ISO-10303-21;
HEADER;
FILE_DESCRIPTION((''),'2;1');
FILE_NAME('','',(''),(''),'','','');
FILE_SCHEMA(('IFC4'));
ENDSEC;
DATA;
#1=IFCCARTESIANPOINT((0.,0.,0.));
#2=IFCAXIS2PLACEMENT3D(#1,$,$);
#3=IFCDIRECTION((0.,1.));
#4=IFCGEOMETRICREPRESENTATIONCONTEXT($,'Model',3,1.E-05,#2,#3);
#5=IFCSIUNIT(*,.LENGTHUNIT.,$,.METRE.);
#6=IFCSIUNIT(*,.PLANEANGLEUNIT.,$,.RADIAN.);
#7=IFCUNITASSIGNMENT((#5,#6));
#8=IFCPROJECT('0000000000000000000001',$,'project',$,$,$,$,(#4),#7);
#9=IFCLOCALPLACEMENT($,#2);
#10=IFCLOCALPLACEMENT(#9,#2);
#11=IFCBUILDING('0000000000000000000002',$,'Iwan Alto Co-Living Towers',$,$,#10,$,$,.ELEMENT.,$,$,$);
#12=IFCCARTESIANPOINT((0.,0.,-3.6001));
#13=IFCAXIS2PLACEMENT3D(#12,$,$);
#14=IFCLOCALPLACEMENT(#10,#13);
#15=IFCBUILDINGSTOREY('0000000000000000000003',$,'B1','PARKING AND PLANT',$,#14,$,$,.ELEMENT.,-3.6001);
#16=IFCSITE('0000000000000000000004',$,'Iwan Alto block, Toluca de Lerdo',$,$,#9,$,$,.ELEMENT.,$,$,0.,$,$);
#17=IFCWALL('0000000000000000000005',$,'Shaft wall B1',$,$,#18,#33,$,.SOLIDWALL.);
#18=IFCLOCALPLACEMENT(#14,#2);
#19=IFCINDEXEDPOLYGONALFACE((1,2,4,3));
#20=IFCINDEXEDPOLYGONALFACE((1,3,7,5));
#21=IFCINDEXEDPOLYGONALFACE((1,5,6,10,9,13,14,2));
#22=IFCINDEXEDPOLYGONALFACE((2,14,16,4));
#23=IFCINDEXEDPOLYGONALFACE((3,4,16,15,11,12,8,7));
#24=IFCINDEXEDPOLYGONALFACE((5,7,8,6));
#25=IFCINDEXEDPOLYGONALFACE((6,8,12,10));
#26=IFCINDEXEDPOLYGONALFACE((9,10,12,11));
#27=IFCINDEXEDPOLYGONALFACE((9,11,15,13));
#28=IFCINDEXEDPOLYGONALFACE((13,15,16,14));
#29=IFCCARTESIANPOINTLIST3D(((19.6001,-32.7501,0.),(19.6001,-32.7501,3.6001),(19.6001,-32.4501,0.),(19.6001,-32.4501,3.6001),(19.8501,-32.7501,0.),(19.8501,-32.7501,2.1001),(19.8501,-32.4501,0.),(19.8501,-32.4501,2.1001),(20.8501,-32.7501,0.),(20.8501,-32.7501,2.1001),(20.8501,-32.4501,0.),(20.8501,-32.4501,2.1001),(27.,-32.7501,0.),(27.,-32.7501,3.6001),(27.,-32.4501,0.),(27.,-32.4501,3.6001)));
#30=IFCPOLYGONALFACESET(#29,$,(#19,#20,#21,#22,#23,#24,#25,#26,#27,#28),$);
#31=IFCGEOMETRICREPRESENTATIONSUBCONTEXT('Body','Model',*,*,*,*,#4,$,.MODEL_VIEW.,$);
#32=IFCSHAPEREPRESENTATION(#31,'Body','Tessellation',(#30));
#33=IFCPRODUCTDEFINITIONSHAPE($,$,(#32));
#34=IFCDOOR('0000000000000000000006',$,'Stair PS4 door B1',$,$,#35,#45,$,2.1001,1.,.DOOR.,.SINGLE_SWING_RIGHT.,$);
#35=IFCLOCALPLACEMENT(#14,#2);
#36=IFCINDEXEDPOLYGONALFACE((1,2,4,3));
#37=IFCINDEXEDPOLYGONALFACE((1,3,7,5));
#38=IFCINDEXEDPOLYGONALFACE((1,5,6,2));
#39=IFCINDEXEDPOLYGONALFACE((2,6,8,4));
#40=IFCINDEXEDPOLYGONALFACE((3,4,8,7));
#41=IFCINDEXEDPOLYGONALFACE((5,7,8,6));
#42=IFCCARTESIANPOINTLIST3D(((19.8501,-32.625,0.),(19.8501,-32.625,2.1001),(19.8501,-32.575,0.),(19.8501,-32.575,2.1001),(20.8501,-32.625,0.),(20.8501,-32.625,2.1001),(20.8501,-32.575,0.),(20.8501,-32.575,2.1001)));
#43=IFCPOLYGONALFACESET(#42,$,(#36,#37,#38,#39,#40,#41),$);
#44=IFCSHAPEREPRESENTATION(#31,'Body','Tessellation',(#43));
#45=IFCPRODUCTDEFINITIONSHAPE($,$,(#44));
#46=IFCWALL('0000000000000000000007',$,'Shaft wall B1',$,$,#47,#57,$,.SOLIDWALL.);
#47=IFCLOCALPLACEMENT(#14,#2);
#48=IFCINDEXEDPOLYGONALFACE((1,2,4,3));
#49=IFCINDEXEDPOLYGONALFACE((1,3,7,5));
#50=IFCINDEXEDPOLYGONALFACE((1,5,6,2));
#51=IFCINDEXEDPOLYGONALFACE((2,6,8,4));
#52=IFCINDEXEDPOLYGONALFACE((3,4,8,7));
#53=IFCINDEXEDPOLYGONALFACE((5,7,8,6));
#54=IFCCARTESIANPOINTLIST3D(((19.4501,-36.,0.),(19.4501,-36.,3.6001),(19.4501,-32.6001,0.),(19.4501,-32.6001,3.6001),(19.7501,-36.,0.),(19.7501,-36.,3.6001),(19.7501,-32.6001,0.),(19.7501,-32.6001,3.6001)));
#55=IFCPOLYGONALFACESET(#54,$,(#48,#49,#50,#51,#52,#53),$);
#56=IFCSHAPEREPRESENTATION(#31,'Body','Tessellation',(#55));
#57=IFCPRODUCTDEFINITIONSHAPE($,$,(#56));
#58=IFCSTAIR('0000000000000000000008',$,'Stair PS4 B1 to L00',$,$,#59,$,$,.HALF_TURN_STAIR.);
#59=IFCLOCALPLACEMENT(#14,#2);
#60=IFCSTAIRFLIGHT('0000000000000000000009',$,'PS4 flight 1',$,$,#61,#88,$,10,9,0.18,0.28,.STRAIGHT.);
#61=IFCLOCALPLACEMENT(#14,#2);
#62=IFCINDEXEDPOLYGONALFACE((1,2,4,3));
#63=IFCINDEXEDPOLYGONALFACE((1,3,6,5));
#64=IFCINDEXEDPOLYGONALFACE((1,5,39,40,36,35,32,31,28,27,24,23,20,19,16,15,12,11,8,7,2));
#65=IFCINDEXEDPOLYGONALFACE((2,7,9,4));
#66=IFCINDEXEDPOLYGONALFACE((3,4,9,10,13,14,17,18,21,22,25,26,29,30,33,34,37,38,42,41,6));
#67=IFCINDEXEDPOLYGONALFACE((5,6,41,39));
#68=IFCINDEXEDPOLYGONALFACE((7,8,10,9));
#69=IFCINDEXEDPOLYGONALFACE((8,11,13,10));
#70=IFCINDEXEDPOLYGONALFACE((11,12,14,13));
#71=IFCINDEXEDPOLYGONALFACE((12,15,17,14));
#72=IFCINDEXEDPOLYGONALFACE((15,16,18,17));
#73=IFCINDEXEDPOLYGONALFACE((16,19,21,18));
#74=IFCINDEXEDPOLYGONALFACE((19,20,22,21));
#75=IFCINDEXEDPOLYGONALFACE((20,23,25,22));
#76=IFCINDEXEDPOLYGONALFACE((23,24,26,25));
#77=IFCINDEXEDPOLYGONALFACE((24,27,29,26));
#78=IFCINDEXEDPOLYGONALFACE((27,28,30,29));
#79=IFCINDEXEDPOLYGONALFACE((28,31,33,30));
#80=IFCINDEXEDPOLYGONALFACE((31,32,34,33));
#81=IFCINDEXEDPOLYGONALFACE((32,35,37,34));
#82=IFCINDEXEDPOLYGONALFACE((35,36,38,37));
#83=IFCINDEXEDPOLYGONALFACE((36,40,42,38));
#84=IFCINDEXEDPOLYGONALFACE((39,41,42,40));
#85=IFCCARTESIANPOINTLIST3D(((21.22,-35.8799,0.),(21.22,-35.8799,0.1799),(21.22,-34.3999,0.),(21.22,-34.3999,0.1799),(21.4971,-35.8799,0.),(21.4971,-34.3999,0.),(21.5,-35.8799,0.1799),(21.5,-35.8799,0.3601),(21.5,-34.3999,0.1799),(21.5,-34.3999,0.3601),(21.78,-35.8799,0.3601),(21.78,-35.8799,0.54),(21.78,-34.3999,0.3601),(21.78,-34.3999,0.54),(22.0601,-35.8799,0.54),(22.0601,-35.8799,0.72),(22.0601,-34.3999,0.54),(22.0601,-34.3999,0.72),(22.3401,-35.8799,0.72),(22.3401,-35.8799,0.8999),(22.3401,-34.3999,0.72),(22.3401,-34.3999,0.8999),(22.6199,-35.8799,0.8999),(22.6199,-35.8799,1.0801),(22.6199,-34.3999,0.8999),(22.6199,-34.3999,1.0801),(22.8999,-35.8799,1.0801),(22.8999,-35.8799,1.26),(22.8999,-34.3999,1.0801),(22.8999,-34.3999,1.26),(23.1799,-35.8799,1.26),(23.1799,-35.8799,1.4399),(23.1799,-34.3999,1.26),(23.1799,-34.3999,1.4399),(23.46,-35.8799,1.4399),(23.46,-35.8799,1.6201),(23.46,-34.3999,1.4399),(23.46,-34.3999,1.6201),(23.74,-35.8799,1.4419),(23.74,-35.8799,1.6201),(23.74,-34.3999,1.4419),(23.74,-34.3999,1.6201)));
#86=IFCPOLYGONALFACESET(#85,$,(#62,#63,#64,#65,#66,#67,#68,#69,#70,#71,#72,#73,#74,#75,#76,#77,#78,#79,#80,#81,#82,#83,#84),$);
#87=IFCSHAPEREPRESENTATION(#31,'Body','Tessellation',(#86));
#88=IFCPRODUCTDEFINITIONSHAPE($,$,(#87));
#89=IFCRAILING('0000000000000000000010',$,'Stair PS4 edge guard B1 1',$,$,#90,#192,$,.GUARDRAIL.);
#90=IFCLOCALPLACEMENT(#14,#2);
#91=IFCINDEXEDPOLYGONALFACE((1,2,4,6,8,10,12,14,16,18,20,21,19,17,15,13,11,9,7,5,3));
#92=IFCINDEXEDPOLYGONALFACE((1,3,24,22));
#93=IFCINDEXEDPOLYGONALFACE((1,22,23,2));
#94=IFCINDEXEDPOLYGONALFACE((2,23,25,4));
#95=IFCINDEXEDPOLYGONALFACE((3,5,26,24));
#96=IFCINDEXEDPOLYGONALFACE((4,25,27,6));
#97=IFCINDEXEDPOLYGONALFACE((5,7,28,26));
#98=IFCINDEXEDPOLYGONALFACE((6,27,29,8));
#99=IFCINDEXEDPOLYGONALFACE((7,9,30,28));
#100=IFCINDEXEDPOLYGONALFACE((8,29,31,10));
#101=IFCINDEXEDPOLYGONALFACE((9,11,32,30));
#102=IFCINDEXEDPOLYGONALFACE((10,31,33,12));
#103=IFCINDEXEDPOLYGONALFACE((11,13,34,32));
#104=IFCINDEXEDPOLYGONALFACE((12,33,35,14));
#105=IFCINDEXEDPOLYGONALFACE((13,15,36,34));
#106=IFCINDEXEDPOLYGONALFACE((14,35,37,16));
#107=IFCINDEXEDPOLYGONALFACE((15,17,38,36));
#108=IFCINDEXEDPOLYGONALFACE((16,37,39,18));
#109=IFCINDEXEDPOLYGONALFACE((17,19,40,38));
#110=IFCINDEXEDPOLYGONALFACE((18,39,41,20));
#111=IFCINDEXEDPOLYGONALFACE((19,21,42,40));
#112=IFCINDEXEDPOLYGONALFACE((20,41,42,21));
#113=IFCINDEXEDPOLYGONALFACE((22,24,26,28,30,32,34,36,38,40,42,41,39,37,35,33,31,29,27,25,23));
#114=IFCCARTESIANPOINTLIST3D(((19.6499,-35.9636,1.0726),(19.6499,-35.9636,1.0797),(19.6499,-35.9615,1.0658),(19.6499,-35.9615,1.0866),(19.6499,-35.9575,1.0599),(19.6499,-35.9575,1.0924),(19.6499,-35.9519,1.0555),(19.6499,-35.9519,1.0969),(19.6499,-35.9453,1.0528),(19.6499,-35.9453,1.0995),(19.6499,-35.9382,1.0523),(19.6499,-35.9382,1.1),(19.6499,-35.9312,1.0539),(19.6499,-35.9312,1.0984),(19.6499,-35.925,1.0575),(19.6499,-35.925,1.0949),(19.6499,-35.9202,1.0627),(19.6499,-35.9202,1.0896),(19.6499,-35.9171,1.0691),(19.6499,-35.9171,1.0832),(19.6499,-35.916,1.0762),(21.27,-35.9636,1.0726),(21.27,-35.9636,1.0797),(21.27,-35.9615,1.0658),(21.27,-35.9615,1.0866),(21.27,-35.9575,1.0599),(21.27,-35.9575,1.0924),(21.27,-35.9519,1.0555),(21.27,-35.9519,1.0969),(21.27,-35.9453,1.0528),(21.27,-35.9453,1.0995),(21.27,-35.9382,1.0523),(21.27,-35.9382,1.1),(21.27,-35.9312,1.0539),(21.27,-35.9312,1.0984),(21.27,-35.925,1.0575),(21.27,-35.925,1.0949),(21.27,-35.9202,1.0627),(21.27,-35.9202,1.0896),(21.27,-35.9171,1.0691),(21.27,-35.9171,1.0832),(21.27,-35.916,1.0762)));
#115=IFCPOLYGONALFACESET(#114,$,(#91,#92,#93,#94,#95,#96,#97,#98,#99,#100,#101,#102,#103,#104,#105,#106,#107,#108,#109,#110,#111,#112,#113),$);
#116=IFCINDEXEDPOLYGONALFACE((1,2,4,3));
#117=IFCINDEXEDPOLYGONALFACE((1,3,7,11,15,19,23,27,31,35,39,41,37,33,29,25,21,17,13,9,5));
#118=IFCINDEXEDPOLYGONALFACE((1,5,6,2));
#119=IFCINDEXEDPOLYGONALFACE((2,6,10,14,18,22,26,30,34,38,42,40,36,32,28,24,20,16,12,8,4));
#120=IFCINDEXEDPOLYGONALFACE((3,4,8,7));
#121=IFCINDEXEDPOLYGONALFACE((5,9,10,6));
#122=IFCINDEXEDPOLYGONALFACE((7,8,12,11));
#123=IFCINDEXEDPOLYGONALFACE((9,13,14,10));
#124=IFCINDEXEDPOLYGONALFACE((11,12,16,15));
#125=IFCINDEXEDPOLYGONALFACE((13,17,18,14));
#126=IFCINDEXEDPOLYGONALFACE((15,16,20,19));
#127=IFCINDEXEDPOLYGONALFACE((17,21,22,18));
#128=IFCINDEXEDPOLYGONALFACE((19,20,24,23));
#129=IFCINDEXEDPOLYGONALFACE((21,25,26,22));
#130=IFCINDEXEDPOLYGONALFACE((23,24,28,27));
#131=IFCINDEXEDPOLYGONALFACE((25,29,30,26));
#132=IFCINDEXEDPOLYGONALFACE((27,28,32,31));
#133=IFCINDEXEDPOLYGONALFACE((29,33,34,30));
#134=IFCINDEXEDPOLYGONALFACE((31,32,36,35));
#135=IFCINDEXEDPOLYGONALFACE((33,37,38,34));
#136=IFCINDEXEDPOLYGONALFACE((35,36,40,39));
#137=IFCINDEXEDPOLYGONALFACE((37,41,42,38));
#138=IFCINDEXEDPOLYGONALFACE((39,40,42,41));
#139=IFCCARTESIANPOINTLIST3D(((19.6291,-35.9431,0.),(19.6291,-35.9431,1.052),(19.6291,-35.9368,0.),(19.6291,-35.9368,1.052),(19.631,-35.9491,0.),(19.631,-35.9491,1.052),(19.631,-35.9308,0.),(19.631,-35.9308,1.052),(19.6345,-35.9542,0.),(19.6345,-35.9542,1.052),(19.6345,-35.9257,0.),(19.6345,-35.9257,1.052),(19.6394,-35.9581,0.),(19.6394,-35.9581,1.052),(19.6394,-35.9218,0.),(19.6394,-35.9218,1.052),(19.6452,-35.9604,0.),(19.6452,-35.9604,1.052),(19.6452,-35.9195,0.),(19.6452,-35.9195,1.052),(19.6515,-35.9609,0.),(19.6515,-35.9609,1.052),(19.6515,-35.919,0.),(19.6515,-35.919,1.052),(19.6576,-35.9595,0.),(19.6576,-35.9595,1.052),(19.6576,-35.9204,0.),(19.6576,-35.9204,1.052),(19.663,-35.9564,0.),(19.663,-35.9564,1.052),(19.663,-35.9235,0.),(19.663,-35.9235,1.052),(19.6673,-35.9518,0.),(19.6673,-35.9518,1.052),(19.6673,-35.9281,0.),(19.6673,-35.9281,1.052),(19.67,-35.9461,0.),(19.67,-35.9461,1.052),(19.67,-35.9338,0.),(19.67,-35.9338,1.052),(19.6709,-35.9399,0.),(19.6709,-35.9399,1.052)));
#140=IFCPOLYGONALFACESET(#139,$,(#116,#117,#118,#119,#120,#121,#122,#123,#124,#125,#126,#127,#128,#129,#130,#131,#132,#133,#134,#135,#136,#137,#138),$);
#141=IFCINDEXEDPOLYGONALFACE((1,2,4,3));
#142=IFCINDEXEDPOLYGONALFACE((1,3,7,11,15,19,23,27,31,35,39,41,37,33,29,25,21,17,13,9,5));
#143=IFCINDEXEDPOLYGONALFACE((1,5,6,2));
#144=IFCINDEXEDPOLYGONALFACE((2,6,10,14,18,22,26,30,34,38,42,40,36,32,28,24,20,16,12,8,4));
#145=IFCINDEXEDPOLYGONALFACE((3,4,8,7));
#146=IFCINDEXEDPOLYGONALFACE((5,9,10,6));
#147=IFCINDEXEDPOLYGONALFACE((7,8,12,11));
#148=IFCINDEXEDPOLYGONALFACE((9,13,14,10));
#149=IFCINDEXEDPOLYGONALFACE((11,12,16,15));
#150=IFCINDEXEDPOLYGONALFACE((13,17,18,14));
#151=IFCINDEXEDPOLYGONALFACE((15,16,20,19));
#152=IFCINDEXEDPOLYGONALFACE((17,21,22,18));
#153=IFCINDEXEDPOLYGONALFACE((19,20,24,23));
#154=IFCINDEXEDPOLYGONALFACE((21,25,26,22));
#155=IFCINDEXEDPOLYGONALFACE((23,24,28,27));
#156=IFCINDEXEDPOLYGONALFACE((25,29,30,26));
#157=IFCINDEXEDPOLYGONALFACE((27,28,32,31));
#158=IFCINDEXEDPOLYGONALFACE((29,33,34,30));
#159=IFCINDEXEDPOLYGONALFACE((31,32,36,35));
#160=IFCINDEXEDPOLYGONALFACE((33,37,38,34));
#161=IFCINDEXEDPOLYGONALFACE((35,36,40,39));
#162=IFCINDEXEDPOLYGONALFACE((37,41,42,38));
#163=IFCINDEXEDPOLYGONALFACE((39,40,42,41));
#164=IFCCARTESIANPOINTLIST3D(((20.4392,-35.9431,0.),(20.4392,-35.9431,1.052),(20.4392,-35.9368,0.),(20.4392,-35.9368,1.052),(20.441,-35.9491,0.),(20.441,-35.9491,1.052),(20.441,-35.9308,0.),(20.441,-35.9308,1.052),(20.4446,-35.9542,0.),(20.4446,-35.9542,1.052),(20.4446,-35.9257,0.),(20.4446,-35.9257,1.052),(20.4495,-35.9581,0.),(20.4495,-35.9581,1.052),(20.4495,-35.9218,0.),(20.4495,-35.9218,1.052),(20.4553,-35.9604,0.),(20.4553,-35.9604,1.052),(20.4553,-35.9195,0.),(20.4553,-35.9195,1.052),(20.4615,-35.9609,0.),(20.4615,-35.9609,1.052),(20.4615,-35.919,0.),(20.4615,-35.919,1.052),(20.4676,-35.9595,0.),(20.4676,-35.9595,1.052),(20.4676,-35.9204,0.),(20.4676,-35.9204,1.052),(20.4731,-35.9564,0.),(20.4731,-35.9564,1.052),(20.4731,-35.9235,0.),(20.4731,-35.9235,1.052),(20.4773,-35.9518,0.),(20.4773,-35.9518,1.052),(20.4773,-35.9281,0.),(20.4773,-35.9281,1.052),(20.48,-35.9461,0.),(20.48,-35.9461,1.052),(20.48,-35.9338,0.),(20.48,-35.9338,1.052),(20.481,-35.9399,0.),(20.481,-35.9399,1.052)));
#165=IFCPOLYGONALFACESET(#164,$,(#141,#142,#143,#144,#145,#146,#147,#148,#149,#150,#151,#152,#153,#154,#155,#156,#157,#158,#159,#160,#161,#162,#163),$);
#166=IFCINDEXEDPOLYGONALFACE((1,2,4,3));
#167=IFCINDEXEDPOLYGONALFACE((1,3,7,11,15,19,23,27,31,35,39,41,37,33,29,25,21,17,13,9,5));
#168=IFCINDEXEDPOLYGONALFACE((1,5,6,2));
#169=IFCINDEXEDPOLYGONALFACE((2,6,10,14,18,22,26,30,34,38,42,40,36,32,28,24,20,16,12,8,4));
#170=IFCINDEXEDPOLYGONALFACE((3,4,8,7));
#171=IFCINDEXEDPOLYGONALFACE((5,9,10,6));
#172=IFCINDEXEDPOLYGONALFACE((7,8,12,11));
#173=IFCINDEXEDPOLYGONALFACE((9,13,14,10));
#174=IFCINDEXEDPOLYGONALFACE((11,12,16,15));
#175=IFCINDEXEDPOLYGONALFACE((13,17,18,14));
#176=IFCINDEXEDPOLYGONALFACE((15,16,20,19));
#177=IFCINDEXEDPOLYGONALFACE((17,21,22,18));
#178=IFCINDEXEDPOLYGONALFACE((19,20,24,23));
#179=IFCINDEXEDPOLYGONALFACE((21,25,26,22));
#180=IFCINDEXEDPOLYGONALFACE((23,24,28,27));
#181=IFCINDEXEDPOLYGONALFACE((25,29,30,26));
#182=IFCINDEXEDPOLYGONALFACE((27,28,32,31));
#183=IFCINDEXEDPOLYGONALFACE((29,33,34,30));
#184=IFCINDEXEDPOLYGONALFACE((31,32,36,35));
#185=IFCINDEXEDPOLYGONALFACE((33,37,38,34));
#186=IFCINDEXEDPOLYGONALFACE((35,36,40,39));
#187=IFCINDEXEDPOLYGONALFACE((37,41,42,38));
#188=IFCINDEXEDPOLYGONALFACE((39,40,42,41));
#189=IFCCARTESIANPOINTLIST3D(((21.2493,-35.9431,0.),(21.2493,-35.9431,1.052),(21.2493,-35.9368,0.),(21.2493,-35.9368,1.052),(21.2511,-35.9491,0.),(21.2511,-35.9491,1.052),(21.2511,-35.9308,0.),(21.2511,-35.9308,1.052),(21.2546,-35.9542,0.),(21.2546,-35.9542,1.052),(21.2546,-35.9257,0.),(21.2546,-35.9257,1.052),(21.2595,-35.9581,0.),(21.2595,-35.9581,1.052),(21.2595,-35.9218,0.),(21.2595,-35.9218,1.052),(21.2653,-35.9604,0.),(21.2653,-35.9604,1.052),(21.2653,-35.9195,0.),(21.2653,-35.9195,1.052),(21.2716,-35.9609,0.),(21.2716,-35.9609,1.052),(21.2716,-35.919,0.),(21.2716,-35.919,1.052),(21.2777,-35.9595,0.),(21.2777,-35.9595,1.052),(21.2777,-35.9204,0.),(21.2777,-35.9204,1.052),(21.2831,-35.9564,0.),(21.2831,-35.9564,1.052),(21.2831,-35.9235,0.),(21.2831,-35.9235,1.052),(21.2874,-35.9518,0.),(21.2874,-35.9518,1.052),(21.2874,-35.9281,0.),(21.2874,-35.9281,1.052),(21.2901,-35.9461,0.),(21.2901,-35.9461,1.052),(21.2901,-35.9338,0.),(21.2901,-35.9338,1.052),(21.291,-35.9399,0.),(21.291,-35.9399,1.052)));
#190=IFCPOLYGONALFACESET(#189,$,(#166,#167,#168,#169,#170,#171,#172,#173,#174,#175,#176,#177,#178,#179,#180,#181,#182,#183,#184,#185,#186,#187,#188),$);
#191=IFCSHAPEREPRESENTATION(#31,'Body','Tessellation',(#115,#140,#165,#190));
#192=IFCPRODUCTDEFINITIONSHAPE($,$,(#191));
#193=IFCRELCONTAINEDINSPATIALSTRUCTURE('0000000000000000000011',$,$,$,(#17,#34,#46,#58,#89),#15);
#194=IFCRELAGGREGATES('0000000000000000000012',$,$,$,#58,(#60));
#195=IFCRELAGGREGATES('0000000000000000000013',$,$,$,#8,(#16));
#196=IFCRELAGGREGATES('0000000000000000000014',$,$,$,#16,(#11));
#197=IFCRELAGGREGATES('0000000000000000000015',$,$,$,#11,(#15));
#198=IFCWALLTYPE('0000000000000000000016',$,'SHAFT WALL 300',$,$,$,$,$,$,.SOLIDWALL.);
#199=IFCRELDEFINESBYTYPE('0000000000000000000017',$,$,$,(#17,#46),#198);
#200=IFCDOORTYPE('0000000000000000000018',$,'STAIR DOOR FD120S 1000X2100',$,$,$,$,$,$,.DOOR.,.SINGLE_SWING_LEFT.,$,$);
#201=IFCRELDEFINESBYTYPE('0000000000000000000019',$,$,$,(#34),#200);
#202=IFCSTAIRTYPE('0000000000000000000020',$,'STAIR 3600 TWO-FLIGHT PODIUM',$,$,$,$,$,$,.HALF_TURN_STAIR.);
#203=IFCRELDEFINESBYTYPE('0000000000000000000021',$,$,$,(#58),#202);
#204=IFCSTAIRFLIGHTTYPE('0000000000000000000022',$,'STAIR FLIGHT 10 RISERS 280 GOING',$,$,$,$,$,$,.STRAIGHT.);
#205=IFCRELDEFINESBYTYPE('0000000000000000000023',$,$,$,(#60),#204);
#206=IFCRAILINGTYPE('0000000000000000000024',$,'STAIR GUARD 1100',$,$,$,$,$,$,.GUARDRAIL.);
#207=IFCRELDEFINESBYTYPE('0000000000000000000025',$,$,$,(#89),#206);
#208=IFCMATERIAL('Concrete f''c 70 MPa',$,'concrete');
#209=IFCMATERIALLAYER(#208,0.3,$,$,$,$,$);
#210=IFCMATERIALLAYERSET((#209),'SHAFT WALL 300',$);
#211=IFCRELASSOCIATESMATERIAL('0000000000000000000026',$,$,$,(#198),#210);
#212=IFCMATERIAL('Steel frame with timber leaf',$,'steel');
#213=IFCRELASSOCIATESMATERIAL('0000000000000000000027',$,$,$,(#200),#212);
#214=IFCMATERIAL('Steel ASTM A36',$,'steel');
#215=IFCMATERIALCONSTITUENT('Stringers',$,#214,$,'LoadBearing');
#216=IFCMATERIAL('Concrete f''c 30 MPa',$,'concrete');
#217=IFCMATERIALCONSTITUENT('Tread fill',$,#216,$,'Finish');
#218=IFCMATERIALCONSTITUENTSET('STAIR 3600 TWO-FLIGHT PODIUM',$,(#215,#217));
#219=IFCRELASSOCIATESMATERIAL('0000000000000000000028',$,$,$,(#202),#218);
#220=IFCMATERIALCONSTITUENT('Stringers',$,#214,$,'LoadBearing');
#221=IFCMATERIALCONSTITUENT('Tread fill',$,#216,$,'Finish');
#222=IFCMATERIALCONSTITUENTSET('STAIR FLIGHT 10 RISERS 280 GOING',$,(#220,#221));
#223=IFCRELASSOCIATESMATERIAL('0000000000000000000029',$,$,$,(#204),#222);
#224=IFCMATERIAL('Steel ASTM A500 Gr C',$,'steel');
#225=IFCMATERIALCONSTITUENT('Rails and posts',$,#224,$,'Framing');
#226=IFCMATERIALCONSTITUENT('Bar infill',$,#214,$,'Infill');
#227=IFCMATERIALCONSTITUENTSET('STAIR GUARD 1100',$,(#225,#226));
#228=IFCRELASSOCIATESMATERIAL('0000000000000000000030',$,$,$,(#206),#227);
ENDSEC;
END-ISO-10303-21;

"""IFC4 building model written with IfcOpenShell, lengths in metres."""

from ifc_helpers import new_model, si_unit, direction, frame, frame_2d, origin, origin_2d, place, context, subcontext, project, spatial, polyline, rectangle, circle, outline, extrude, material, layer, layer_set, constituent, constituent_set, type_object, element, fill, aggregate, save


model = new_model("IFC4")

# Units and contexts
model_context = context("Model", 3, precision=1e-05, world=origin(), true_north=direction((0.0, 1.0)))
body_context = subcontext(model_context, "Body", "Model", "MODEL_VIEW")
ifc_project = project(units=[si_unit("LENGTHUNIT", "METRE"), si_unit("PLANEANGLEUNIT", "RADIAN")], contexts=[model_context])

# Site, building, storey
site_placement = place(None, origin())
site = spatial("IfcSite", under=ifc_project, at=site_placement, Name="Iwan Alto block, Toluca de Lerdo", CompositionType="ELEMENT", RefElevation=0.0)
building_placement = place(site_placement, origin())
building = spatial("IfcBuilding", under=site, at=building_placement, Name="Iwan Alto Co-Living Towers", CompositionType="ELEMENT")
storey_placement = place(building_placement, frame((0.0, 0.0, -3.6001)))
storey = spatial("IfcBuildingStorey", under=building, at=storey_placement, Name="B1", Description="PARKING AND PLANT", CompositionType="ELEMENT", Elevation=-3.6001)

# Wall, opening, door
ifc_material_1 = material(Name="Concrete f'c 70 MPa", Category="concrete")
ifc_layer = layer(ifc_material_1, 0.3)
ifc_layer_set = layer_set([ifc_layer], Name="SHAFT WALL 300")
wall_type = type_object("IfcWallType", Name="SHAFT WALL 300", PredefinedType="SOLIDWALL", material=ifc_layer_set)
wall_1_placement = place(storey_placement, frame((19.6001, -32.6001, 0.0), z_axis=(0.0, 0.0, 1.0), x_axis=(1.0, 0.0, 0.0)))
wall_1 = element("IfcWall", 1, at=wall_1_placement, inside=storey, type_object=wall_type, Name="Shaft wall B1", PredefinedType="SOLIDWALL", context=body_context, shape_type="SweptSolid", body=[
    extrude(rectangle(XDim=7.3999, YDim=0.3, at=frame_2d((3.7, 0.0))), origin(), (0.0, 0.0, 1.0), 3.6001),
])
opening_placement = place(wall_1_placement, frame((0.25, 0.0, 0.0)))
opening = element("IfcOpeningElement", 2, at=opening_placement, cuts=wall_1, PredefinedType="OPENING", context=body_context, shape_type="SweptSolid", body=[
    extrude(rectangle(XDim=1.0, YDim=2.1001, at=frame_2d((0.5, 1.05))), frame((0.0, 0.1599, 0.0), z_axis=(0.0, -1.0, 0.0), x_axis=(1.0, 0.0, 0.0)), (0.0, 0.0, 1.0), 0.3201),
])
ifc_material_2 = material(Name="Steel frame with timber leaf", Category="steel")
door_type = type_object("IfcDoorType", Name="STAIR DOOR FD120S 1000X2100", OperationType="SINGLE_SWING_LEFT", PredefinedType="DOOR", material=ifc_material_2)
door_placement = place(opening_placement, frame((1.0, 0.0, 0.0), z_axis=(0.0, 0.0, 1.0), x_axis=(-1.0, 0.0, 0.0)))
door = element("IfcDoor", 3, at=door_placement, inside=storey, type_object=door_type, Name="Stair PS4 door B1", OperationType="SINGLE_SWING_RIGHT", OverallHeight=2.1001, OverallWidth=1.0, PredefinedType="DOOR", context=body_context, shape_type="SweptSolid", body=[
    extrude(rectangle(XDim=1.0, YDim=2.1001, at=frame_2d((0.5, 1.05))), frame((0.0, 0.0249, 0.0), z_axis=(0.0, -1.0, 0.0), x_axis=(1.0, 0.0, 0.0)), (0.0, 0.0, 1.0), 0.05),
])
fill(opening, door)

# Wall
wall_2_placement = place(storey_placement, frame((19.6001, -36.0, 0.0), z_axis=(0.0, 0.0, 1.0), x_axis=(0.0, 1.0, 0.0)))
element("IfcWall", 4, at=wall_2_placement, inside=storey, type_object=wall_type, Name="Shaft wall B1", PredefinedType="SOLIDWALL", context=body_context, shape_type="SweptSolid", body=[
    extrude(rectangle(XDim=3.3999, YDim=0.3, at=frame_2d((1.7, 0.0))), origin(), (0.0, 0.0, 1.0), 3.6001),
])

# Stair, stair flight
ifc_material_3 = material(Name="Steel ASTM A36", Category="steel")
ifc_constituent_1 = constituent(ifc_material_3, Name="Stringers", Category="LoadBearing")
ifc_material_4 = material(Name="Concrete f'c 30 MPa", Category="concrete")
ifc_constituent_2 = constituent(ifc_material_4, Name="Tread fill", Category="Finish")
ifc_constituent_set_1 = constituent_set(constituents=[ifc_constituent_1, ifc_constituent_2], Name="STAIR 3600 TWO-FLIGHT PODIUM")
stair_type = type_object("IfcStairType", Name="STAIR 3600 TWO-FLIGHT PODIUM", PredefinedType="HALF_TURN_STAIR", material=ifc_constituent_set_1)
stair_placement = place(storey_placement, origin())
stair = element("IfcStair", 5, at=stair_placement, inside=storey, type_object=stair_type, Name="Stair PS4 B1 to L00", PredefinedType="HALF_TURN_STAIR")
ifc_constituent_3 = constituent(ifc_material_3, Name="Stringers", Category="LoadBearing")
ifc_constituent_4 = constituent(ifc_material_4, Name="Tread fill", Category="Finish")
ifc_constituent_set_2 = constituent_set(constituents=[ifc_constituent_3, ifc_constituent_4], Name="STAIR FLIGHT 10 RISERS 280 GOING")
stair_flight_type = type_object("IfcStairFlightType", Name="STAIR FLIGHT 10 RISERS 280 GOING", PredefinedType="STRAIGHT", material=ifc_constituent_set_2)
stair_flight_placement = place(storey_placement, frame((21.22, -35.1399, 0.0), z_axis=(0.0, 0.0, 1.0), x_axis=(1.0, 0.0, 0.0)))
stair_flight = element("IfcStairFlight", 6, at=stair_flight_placement, type_object=stair_flight_type, Name="PS4 flight 1", NumberOfRisers=10, NumberOfTreads=9, PredefinedType="STRAIGHT", RiserHeight=0.18, TreadLength=0.28, context=body_context, shape_type="SweptSolid", body=[
    extrude(outline(polyline([(0.0, 0.0), (0.0, 0.1799), (0.28, 0.1799), (0.28, 0.3601), (0.5601, 0.3601), (0.5601, 0.54), (0.8401, 0.54), (0.8401, 0.72), (1.1201, 0.72), (1.1201, 0.8999), (1.3999, 0.8999), (1.3999, 1.0801), (1.6799, 1.0801), (1.6799, 1.26), (1.96, 1.26), (1.96, 1.4399), (2.24, 1.4399), (2.24, 1.6201), (2.52, 1.6201), (2.52, 1.8), (2.52, 1.4419), (0.2771, 0.0), (0.0, 0.0)])), frame((0.0, 0.74, 0.0), z_axis=(0.0, -1.0, 0.0), x_axis=(1.0, 0.0, 0.0)), (0.0, 0.0, 1.0), 1.48),
])
aggregate(stair, [stair_flight])

# Railing
ifc_material_5 = material(Name="Steel ASTM A500 Gr C", Category="steel")
ifc_constituent_5 = constituent(ifc_material_5, Name="Rails and posts", Category="Framing")
ifc_constituent_6 = constituent(ifc_material_3, Name="Bar infill", Category="Infill")
ifc_constituent_set_3 = constituent_set(constituents=[ifc_constituent_5, ifc_constituent_6], Name="STAIR GUARD 1100")
railing_type_1 = type_object("IfcRailingType", Name="STAIR GUARD 1100", PredefinedType="GUARDRAIL", material=ifc_constituent_set_3)
railing_1_placement = place(storey_placement, frame((19.6499, -35.9399, 0.0)))
element("IfcRailing", 7, at=railing_1_placement, inside=storey, type_object=railing_type_1, Name="Stair PS4 edge guard B1 1", PredefinedType="GUARDRAIL", context=body_context, shape_type="SweptSolid", body=[
    extrude(circle(Radius=0.0239, at=origin_2d()), frame((0.0, 0.0, 1.0762), z_axis=(1.0, 0.0, 0.0), x_axis=(0.0, 1.0, 0.0)), (0.0, 0.0, 1.0), 1.6201),
    extrude(circle(Radius=0.021, at=origin_2d()), origin(), (0.0, 0.0, 1.0), 1.052),
    extrude(circle(Radius=0.021, at=origin_2d()), frame((0.8101, 0.0, 0.0)), (0.0, 0.0, 1.0), 1.052),
    extrude(circle(Radius=0.021, at=origin_2d()), frame((1.6201, 0.0, 0.0)), (0.0, 0.0, 1.0), 1.052),
])

save(model, "model.ifc")
